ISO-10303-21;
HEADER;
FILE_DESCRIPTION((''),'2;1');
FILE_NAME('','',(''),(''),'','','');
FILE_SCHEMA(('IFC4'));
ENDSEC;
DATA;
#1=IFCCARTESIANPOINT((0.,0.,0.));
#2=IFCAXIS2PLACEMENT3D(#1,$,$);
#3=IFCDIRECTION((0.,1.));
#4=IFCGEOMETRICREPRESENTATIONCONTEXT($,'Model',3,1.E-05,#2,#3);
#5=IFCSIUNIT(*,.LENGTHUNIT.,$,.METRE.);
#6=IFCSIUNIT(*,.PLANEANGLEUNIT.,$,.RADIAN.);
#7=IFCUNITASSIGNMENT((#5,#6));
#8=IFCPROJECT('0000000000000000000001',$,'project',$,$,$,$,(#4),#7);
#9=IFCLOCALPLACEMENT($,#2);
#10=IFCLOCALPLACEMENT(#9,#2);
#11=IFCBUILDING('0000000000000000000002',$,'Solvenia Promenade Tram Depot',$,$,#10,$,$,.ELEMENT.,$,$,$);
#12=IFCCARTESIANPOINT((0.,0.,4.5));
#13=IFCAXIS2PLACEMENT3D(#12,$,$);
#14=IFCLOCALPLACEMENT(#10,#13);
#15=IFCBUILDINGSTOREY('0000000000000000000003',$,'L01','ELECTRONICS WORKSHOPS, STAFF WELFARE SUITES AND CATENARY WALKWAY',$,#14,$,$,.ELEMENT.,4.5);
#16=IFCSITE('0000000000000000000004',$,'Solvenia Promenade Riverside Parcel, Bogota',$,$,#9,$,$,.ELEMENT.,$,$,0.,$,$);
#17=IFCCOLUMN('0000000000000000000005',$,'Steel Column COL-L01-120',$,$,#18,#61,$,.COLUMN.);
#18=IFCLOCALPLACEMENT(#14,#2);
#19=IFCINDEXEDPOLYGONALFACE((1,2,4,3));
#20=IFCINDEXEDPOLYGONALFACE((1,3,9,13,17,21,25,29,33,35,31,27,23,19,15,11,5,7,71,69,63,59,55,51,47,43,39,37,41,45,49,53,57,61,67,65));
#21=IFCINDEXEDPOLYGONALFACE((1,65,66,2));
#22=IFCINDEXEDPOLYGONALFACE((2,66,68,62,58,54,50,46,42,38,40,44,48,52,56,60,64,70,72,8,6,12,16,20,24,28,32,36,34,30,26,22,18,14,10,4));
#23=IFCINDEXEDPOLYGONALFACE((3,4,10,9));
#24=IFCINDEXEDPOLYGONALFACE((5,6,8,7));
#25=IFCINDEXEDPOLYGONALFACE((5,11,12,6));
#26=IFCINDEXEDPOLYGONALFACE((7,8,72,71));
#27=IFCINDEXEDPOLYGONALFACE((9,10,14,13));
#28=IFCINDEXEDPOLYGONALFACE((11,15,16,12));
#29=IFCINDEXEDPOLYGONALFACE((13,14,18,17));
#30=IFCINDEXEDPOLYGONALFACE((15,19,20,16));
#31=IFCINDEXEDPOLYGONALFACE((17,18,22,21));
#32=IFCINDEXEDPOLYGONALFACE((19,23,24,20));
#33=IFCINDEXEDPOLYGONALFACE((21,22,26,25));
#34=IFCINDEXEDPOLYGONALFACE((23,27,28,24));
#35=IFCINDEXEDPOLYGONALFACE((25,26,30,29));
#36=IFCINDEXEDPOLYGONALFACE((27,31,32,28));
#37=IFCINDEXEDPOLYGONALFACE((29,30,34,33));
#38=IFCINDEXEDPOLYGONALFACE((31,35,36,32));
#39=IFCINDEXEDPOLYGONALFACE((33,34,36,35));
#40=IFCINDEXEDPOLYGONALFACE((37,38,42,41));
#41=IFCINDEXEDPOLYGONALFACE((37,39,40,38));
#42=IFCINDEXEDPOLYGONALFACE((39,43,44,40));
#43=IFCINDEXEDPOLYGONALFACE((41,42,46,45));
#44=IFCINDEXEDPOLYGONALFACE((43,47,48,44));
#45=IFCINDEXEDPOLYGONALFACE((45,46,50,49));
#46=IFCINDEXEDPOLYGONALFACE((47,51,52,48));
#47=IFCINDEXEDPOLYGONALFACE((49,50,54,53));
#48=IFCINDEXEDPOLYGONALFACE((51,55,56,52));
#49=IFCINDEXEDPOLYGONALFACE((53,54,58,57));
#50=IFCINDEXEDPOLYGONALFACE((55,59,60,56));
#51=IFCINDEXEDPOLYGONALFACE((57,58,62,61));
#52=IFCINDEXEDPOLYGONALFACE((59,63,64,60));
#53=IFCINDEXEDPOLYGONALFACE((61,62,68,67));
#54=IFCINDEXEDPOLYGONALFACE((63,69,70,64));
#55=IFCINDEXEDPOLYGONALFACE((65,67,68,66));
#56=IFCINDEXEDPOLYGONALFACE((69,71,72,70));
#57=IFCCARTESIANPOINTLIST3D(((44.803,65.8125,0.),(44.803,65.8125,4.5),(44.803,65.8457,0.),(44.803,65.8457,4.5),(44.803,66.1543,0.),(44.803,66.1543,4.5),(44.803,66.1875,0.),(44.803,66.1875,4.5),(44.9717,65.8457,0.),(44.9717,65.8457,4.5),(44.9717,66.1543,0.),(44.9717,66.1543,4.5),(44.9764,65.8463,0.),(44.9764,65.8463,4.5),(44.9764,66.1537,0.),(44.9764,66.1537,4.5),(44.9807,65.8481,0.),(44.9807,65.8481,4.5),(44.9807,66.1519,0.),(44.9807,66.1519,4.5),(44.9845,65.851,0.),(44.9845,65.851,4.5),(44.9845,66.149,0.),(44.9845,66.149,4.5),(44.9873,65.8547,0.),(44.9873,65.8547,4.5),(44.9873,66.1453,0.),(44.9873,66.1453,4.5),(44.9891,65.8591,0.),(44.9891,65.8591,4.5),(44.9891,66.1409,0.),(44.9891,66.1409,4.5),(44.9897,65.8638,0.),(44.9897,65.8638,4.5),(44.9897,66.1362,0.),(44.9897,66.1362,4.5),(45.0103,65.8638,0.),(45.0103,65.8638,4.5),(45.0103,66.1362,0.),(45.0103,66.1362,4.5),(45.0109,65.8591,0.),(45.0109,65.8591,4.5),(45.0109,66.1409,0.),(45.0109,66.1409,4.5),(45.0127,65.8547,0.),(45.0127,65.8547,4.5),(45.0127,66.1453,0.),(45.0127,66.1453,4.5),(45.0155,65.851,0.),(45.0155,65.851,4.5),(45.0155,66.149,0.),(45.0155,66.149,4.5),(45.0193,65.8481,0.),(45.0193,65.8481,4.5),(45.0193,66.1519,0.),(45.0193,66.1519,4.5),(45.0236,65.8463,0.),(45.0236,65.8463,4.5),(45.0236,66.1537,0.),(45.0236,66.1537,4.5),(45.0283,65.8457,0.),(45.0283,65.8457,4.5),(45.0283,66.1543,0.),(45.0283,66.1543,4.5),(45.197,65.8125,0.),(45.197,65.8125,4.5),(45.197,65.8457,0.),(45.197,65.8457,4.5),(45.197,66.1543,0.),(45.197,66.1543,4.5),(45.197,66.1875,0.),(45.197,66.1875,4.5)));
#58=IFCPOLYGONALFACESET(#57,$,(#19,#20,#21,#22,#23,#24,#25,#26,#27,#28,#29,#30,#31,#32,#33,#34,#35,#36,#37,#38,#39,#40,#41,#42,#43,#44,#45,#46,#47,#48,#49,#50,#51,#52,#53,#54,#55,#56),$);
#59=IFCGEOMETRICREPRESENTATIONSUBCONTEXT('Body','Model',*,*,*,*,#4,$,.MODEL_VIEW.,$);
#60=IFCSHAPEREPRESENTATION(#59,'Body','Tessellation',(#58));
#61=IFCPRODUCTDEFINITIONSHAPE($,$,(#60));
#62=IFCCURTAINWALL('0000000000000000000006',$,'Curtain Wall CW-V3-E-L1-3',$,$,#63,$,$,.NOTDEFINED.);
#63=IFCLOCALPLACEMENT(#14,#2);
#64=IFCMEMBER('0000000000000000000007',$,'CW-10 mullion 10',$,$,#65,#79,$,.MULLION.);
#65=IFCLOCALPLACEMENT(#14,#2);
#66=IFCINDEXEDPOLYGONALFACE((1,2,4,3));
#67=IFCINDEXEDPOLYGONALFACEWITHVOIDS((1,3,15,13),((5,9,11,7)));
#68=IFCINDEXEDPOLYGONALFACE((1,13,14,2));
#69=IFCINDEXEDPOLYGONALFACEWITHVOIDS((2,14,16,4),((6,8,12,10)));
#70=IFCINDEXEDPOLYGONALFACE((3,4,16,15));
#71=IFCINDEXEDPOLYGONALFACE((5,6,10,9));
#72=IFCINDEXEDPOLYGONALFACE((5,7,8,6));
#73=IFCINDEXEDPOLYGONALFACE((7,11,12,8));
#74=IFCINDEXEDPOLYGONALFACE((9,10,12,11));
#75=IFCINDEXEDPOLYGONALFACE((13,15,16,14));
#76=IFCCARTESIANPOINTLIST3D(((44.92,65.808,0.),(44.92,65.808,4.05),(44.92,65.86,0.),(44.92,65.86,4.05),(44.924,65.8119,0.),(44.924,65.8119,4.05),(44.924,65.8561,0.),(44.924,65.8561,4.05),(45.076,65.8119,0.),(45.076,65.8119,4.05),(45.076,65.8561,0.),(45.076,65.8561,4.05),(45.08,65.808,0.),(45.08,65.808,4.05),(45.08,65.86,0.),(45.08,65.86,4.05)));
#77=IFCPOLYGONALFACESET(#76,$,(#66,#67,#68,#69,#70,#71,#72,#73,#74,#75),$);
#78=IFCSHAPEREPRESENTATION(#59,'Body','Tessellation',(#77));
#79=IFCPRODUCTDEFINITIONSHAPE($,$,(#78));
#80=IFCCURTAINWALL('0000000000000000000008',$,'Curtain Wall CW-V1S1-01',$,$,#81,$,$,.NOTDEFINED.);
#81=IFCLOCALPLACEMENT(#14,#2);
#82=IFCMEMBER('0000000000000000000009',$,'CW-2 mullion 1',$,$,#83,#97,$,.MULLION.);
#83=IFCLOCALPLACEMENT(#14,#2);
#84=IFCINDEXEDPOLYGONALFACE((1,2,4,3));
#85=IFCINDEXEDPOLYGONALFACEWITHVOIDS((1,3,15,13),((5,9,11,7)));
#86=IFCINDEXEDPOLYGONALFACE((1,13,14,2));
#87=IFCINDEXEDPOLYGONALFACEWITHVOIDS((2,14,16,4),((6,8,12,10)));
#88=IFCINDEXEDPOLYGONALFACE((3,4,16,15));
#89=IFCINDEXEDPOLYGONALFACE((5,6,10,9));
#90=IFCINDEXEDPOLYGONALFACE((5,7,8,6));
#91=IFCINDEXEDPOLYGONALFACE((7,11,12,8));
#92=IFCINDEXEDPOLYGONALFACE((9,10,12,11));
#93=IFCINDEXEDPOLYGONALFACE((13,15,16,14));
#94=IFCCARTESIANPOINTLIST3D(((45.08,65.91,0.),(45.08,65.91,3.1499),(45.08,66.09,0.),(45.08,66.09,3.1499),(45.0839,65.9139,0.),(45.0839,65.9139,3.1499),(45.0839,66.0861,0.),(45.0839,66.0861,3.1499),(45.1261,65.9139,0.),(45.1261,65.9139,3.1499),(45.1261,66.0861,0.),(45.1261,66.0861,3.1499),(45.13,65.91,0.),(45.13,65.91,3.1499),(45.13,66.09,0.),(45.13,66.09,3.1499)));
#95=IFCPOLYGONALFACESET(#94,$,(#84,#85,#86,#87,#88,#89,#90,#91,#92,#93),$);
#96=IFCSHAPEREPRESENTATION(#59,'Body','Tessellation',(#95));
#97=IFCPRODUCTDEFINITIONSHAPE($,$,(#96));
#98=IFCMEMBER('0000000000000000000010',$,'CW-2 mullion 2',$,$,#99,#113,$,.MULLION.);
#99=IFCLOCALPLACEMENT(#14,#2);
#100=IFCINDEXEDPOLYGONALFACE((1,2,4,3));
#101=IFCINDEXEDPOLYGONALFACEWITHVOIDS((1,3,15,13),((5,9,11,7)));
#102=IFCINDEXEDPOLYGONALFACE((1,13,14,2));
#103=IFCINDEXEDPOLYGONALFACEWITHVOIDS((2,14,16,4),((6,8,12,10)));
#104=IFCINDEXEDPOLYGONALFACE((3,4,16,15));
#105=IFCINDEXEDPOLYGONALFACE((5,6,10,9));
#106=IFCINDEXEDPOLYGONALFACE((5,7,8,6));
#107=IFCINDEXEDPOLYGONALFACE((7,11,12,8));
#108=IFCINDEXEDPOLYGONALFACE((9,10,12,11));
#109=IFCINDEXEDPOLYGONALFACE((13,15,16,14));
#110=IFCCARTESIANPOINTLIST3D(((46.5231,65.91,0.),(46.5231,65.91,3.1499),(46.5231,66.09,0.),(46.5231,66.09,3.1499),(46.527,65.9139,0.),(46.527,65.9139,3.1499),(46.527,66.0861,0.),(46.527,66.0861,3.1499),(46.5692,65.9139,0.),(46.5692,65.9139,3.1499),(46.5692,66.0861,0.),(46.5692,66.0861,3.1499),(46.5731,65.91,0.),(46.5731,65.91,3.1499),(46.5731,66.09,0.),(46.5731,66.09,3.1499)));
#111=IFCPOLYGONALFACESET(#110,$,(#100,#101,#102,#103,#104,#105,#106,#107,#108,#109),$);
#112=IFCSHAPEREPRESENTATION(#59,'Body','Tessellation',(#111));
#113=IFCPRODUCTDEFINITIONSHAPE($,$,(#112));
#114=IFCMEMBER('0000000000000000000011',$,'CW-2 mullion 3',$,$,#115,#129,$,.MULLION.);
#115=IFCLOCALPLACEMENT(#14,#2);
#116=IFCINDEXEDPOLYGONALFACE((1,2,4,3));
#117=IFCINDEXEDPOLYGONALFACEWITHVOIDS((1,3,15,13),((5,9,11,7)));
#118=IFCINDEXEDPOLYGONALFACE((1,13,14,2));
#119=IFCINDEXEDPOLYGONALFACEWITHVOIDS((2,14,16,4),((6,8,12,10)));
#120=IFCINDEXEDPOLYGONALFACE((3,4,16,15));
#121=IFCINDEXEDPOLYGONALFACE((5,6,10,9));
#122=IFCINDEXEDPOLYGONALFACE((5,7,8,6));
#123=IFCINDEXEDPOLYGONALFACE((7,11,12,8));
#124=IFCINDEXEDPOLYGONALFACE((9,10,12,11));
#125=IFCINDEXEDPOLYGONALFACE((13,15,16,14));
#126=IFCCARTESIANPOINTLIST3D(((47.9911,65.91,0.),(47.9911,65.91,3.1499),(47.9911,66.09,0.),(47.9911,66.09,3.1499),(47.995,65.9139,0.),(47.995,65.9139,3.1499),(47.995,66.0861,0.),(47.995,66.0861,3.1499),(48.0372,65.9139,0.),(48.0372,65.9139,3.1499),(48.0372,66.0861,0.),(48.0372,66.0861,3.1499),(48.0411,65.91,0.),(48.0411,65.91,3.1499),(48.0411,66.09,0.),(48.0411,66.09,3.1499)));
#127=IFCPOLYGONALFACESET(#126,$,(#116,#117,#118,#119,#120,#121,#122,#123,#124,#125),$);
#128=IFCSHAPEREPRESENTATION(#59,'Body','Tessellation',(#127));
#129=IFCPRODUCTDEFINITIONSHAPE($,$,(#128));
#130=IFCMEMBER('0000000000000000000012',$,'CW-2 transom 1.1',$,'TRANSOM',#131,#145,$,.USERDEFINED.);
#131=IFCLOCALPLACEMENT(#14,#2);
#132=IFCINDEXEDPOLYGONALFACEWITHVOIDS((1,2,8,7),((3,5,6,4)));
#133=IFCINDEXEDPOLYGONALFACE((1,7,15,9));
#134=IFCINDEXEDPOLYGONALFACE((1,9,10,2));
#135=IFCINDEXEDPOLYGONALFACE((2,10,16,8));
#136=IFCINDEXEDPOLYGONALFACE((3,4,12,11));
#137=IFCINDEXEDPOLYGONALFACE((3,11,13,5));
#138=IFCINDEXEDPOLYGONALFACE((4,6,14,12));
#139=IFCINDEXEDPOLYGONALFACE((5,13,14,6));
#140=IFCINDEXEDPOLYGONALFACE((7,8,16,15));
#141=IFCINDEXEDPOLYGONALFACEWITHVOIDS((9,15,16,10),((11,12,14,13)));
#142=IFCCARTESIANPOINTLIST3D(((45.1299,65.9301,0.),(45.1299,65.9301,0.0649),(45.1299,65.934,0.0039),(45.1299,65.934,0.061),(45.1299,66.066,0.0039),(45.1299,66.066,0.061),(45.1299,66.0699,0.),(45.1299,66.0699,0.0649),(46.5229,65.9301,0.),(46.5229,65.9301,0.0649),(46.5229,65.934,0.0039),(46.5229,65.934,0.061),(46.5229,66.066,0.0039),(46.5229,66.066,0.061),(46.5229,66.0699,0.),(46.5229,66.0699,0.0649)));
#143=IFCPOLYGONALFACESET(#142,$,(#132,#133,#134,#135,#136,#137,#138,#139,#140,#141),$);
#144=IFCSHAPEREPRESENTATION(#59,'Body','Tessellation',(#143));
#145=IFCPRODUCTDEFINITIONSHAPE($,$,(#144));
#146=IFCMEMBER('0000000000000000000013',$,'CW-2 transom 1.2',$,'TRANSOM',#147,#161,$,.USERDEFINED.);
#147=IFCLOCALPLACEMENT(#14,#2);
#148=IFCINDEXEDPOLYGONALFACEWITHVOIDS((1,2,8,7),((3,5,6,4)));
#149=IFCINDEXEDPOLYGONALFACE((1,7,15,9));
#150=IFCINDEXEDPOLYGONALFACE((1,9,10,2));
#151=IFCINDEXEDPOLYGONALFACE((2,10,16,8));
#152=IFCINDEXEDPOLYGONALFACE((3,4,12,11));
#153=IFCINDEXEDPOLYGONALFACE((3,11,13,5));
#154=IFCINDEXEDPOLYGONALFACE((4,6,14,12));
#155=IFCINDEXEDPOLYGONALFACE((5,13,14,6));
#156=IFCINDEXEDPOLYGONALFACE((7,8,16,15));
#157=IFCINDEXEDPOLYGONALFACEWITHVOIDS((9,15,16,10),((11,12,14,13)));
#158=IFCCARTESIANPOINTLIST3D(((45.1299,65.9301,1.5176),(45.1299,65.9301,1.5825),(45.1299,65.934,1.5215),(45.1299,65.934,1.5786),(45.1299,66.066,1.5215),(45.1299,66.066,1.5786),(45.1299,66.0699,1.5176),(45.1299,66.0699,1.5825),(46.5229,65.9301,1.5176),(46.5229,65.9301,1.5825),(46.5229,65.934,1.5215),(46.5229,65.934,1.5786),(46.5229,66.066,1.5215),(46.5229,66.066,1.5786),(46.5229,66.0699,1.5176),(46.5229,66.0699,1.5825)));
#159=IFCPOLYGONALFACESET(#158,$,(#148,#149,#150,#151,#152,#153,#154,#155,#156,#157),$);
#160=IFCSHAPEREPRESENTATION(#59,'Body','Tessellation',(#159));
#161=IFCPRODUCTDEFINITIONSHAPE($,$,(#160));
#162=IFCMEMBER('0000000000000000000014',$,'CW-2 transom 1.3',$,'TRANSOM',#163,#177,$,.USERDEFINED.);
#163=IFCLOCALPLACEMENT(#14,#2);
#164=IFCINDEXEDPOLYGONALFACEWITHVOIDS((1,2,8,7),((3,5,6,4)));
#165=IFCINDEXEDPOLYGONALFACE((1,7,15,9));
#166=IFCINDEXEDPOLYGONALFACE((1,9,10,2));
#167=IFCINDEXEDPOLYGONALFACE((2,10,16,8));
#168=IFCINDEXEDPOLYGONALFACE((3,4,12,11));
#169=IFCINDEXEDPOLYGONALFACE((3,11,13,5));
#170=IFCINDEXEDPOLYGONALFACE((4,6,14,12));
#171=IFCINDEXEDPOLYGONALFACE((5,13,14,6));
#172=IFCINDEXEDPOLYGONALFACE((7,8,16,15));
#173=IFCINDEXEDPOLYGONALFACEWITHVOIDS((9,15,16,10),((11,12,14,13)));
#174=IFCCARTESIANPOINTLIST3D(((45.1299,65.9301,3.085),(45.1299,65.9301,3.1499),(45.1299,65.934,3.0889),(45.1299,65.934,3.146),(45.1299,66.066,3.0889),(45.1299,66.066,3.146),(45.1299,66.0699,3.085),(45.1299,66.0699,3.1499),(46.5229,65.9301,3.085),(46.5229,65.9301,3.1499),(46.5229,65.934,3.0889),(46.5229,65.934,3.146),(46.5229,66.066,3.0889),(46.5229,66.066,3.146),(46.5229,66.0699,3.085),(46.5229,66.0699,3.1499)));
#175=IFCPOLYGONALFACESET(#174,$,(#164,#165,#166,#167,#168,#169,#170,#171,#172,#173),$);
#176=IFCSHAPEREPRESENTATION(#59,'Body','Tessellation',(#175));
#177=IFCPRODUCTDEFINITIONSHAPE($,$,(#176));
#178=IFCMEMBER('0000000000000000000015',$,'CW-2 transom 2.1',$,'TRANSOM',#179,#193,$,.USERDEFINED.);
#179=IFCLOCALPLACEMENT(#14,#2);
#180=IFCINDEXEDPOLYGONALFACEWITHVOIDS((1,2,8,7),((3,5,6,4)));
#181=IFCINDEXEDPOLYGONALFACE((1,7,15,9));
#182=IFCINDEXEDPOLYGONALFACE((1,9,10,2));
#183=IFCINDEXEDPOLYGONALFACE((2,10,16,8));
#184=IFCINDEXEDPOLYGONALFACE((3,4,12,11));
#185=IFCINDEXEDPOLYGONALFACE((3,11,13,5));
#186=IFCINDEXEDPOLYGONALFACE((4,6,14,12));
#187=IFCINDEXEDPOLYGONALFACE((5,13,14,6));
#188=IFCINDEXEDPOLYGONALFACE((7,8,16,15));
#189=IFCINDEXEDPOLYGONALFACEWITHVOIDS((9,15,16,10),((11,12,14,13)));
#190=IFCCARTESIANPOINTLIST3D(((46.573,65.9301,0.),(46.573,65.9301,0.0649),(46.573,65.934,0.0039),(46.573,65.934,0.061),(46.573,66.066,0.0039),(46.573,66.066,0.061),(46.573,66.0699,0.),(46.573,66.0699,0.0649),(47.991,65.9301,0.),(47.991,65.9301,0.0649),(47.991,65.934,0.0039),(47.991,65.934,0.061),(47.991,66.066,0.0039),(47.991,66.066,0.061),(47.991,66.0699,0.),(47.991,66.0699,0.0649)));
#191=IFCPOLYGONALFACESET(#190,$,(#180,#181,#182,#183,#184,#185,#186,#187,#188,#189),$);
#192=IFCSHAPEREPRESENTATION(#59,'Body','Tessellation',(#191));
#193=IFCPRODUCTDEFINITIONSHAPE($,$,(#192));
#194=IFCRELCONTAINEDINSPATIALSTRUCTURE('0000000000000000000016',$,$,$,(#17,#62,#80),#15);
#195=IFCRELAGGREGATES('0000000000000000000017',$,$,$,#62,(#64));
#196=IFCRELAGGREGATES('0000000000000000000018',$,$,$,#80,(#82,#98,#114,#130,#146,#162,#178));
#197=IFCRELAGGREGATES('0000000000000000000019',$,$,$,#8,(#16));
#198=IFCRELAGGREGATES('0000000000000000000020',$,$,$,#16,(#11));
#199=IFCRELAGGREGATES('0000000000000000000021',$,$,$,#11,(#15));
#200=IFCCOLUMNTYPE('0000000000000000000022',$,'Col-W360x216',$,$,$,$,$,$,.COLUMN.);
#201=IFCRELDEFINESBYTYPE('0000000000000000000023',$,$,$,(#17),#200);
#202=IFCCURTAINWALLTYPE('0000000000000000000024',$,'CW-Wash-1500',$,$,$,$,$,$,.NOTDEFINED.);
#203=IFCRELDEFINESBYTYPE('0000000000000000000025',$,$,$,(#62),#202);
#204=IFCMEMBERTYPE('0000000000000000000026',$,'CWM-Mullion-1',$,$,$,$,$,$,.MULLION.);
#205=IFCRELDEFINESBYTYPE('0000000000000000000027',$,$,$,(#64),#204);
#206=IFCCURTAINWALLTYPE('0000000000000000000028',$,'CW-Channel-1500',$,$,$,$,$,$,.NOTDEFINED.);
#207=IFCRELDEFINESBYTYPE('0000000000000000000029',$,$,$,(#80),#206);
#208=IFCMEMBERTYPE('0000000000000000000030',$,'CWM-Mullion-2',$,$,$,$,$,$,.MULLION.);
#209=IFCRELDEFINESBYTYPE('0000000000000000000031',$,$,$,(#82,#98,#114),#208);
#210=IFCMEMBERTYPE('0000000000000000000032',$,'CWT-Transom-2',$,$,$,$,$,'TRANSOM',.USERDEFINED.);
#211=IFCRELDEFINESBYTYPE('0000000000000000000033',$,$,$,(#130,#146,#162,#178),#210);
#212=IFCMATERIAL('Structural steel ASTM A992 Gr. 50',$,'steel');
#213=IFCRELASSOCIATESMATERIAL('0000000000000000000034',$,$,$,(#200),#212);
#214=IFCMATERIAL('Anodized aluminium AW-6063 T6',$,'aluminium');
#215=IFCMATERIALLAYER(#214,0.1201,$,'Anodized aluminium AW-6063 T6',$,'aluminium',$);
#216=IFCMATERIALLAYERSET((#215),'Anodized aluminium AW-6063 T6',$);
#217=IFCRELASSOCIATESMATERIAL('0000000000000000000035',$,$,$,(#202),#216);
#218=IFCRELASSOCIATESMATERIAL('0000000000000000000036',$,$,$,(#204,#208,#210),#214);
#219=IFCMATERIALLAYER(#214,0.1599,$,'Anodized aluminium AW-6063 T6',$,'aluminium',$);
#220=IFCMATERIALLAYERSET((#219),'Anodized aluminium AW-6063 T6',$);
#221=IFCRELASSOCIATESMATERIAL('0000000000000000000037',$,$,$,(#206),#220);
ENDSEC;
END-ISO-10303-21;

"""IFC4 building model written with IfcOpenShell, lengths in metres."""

from ifc_helpers import new_model, si_unit, direction, frame, origin, origin_2d, place, context, subcontext, project, spatial, hollow_rectangle, i_section, extrude, material, layer, layer_set, material_profile, profile_set, type_object, element, aggregate, save


model = new_model("IFC4")

# Units and contexts
model_context = context("Model", 3, precision=1e-05, world=origin(), true_north=direction((0.0, 1.0)))
body_context = subcontext(model_context, "Body", "Model", "MODEL_VIEW")
ifc_project = project(units=[si_unit("LENGTHUNIT", "METRE"), si_unit("PLANEANGLEUNIT", "RADIAN")], contexts=[model_context])

# Site, building, storey
site_placement = place(None, origin())
site = spatial("IfcSite", under=ifc_project, at=site_placement, Name="Solvenia Promenade Riverside Parcel, Bogota", CompositionType="ELEMENT", RefElevation=0.0)
building_placement = place(site_placement, origin())
building = spatial("IfcBuilding", under=site, at=building_placement, Name="Solvenia Promenade Tram Depot", CompositionType="ELEMENT")
storey_placement = place(building_placement, frame((0.0, 0.0, 4.5)))
storey = spatial("IfcBuildingStorey", under=building, at=storey_placement, Name="L01", Description="ELECTRONICS WORKSHOPS, STAFF WELFARE SUITES AND CATENARY WALKWAY", CompositionType="ELEMENT", Elevation=4.5)

# Column
ifc_material_1 = material(Name="Structural steel ASTM A992 Gr. 50", Category="steel")
ifc_material_profile_1 = material_profile(ifc_material_1, i_section(OverallWidth=0.394, OverallDepth=0.375, WebThickness=0.0205, FlangeThickness=0.0332, FilletRadius=0.0181, at=origin_2d()), Name="W360x216", Category="steel")
ifc_profile_set_1 = profile_set([ifc_material_profile_1], Name="Structural steel ASTM A992 Gr. 50")
column_type = type_object("IfcColumnType", Name="Col-W360x216", PredefinedType="COLUMN", material=ifc_profile_set_1)
column_placement = place(storey_placement, frame((45.0, 66.0, 0.0), z_axis=(0.0, 0.0, 1.0), x_axis=(1.0, 0.0, 0.0)))
element("IfcColumn", 1, at=column_placement, inside=storey, type_object=column_type, Name="Steel Column COL-L01-120", PredefinedType="COLUMN", context=body_context, shape_type="SweptSolid", body=[
    extrude(i_section(OverallWidth=0.394, OverallDepth=0.375, WebThickness=0.0205, FlangeThickness=0.0332, FilletRadius=0.0181, at=origin_2d()), origin(), (0.0, 0.0, 1.0), 4.5),
])

# Curtain wall, member
ifc_material_2 = material(Name="Anodized aluminium AW-6063 T6", Category="aluminium")
ifc_layer_1 = layer(ifc_material_2, 0.1201, Name="Anodized aluminium AW-6063 T6", Category="aluminium")
ifc_layer_set_1 = layer_set([ifc_layer_1], Name="Anodized aluminium AW-6063 T6")
curtain_wall_type_1 = type_object("IfcCurtainWallType", Name="CW-Wash-1500", PredefinedType="NOTDEFINED", material=ifc_layer_set_1)
curtain_wall_1_placement = place(storey_placement, origin())
curtain_wall_1 = element("IfcCurtainWall", 2, at=curtain_wall_1_placement, inside=storey, type_object=curtain_wall_type_1, Name="Curtain Wall CW-V3-E-L1-3", PredefinedType="NOTDEFINED")
ifc_material_profile_2 = material_profile(ifc_material_2, hollow_rectangle(XDim=0.1599, YDim=0.052, WallThickness=0.0039, at=origin_2d()), Name="ALU-M1", Category="aluminium")
ifc_profile_set_2 = profile_set([ifc_material_profile_2], Name="Anodized aluminium AW-6063 T6")
member_type_1 = type_object("IfcMemberType", Name="CWM-Mullion-1", PredefinedType="MULLION", material=ifc_profile_set_2)
member_1_placement = place(storey_placement, frame((45.0, 65.834, 0.0), z_axis=(0.0, 0.0, 1.0), x_axis=(-1.0, 0.0, 0.0)))
member_1 = element("IfcMember", 3, at=member_1_placement, type_object=member_type_1, Name="CW-10 mullion 10", PredefinedType="MULLION", context=body_context, shape_type="SweptSolid", body=[
    extrude(hollow_rectangle(XDim=0.1599, YDim=0.052, WallThickness=0.0039, at=origin_2d()), origin(), (0.0, 0.0, 1.0), 4.05),
])
aggregate(curtain_wall_1, [member_1])

# Curtain wall, members
ifc_layer_2 = layer(ifc_material_2, 0.1599, Name="Anodized aluminium AW-6063 T6", Category="aluminium")
ifc_layer_set_2 = layer_set([ifc_layer_2], Name="Anodized aluminium AW-6063 T6")
curtain_wall_type_2 = type_object("IfcCurtainWallType", Name="CW-Channel-1500", PredefinedType="NOTDEFINED", material=ifc_layer_set_2)
curtain_wall_2_placement = place(storey_placement, origin())
curtain_wall_2 = element("IfcCurtainWall", 4, at=curtain_wall_2_placement, inside=storey, type_object=curtain_wall_type_2, Name="Curtain Wall CW-V1S1-01", PredefinedType="NOTDEFINED")
ifc_material_profile_3 = material_profile(ifc_material_2, hollow_rectangle(XDim=0.1799, YDim=0.05, WallThickness=0.0039, at=origin_2d()), Name="ALU-M2", Category="aluminium")
ifc_profile_set_3 = profile_set([ifc_material_profile_3], Name="Anodized aluminium AW-6063 T6")
member_type_2 = type_object("IfcMemberType", Name="CWM-Mullion-2", PredefinedType="MULLION", material=ifc_profile_set_3)
member_2_placement = place(storey_placement, frame((45.105, 66.0, 0.0), z_axis=(0.0, 0.0, 1.0), x_axis=(0.0, 1.0, 0.0)))
member_2 = element("IfcMember", 5, at=member_2_placement, type_object=member_type_2, Name="CW-2 mullion 1", PredefinedType="MULLION", context=body_context, shape_type="SweptSolid", body=[
    extrude(hollow_rectangle(XDim=0.1799, YDim=0.05, WallThickness=0.0039, at=origin_2d()), origin(), (0.0, 0.0, 1.0), 3.1499),
])
member_3_placement = place(storey_placement, frame((46.5481, 66.0, 0.0), z_axis=(0.0, 0.0, 1.0), x_axis=(0.0, 1.0, 0.0)))
member_3 = element("IfcMember", 6, at=member_3_placement, type_object=member_type_2, Name="CW-2 mullion 2", PredefinedType="MULLION", context=body_context, shape_type="SweptSolid", body=[
    extrude(hollow_rectangle(XDim=0.1799, YDim=0.05, WallThickness=0.0039, at=origin_2d()), origin(), (0.0, 0.0, 1.0), 3.1499),
])
member_4_placement = place(storey_placement, frame((48.0161, 66.0, 0.0), z_axis=(0.0, 0.0, 1.0), x_axis=(0.0, 1.0, 0.0)))
member_4 = element("IfcMember", 7, at=member_4_placement, type_object=member_type_2, Name="CW-2 mullion 3", PredefinedType="MULLION", context=body_context, shape_type="SweptSolid", body=[
    extrude(hollow_rectangle(XDim=0.1799, YDim=0.05, WallThickness=0.0039, at=origin_2d()), origin(), (0.0, 0.0, 1.0), 3.1499),
])
ifc_material_profile_4 = material_profile(ifc_material_2, hollow_rectangle(XDim=0.1399, YDim=0.0649, WallThickness=0.0039, at=origin_2d()), Name="ALU-T2", Category="aluminium")
ifc_profile_set_4 = profile_set([ifc_material_profile_4], Name="Anodized aluminium AW-6063 T6")
member_type_3 = type_object("IfcMemberType", Name="CWT-Transom-2", ElementType="TRANSOM", PredefinedType="USERDEFINED", material=ifc_profile_set_4)
member_5_placement = place(storey_placement, frame((45.1299, 66.0, 0.0325), z_axis=(1.0, 0.0, 0.0), x_axis=(0.0, 1.0, 0.0)))
member_5 = element("IfcMember", 8, at=member_5_placement, type_object=member_type_3, Name="CW-2 transom 1.1", ObjectType="TRANSOM", PredefinedType="USERDEFINED", context=body_context, shape_type="SweptSolid", body=[
    extrude(hollow_rectangle(XDim=0.1399, YDim=0.0649, WallThickness=0.0039, at=origin_2d()), origin(), (0.0, 0.0, 1.0), 1.3931),
])
member_6_placement = place(storey_placement, frame((45.1299, 66.0, 1.55), z_axis=(1.0, 0.0, 0.0), x_axis=(0.0, 1.0, 0.0)))
member_6 = element("IfcMember", 9, at=member_6_placement, type_object=member_type_3, Name="CW-2 transom 1.2", ObjectType="TRANSOM", PredefinedType="USERDEFINED", context=body_context, shape_type="SweptSolid", body=[
    extrude(hollow_rectangle(XDim=0.1399, YDim=0.0649, WallThickness=0.0039, at=origin_2d()), origin(), (0.0, 0.0, 1.0), 1.3931),
])
member_7_placement = place(storey_placement, frame((45.1299, 66.0, 3.1174), z_axis=(1.0, 0.0, 0.0), x_axis=(0.0, 1.0, 0.0)))
member_7 = element("IfcMember", 10, at=member_7_placement, type_object=member_type_3, Name="CW-2 transom 1.3", ObjectType="TRANSOM", PredefinedType="USERDEFINED", context=body_context, shape_type="SweptSolid", body=[
    extrude(hollow_rectangle(XDim=0.1399, YDim=0.0649, WallThickness=0.0039, at=origin_2d()), origin(), (0.0, 0.0, 1.0), 1.3931),
])
member_8_placement = place(storey_placement, frame((46.573, 66.0, 0.0325), z_axis=(1.0, 0.0, 0.0), x_axis=(0.0, 1.0, 0.0)))
member_8 = element("IfcMember", 11, at=member_8_placement, type_object=member_type_3, Name="CW-2 transom 2.1", ObjectType="TRANSOM", PredefinedType="USERDEFINED", context=body_context, shape_type="SweptSolid", body=[
    extrude(hollow_rectangle(XDim=0.1399, YDim=0.0649, WallThickness=0.0039, at=origin_2d()), origin(), (0.0, 0.0, 1.0), 1.418),
])

aggregate(curtain_wall_2, [member_2, member_3, member_4, member_5, member_6, member_7, member_8])

save(model, "model.ifc")
